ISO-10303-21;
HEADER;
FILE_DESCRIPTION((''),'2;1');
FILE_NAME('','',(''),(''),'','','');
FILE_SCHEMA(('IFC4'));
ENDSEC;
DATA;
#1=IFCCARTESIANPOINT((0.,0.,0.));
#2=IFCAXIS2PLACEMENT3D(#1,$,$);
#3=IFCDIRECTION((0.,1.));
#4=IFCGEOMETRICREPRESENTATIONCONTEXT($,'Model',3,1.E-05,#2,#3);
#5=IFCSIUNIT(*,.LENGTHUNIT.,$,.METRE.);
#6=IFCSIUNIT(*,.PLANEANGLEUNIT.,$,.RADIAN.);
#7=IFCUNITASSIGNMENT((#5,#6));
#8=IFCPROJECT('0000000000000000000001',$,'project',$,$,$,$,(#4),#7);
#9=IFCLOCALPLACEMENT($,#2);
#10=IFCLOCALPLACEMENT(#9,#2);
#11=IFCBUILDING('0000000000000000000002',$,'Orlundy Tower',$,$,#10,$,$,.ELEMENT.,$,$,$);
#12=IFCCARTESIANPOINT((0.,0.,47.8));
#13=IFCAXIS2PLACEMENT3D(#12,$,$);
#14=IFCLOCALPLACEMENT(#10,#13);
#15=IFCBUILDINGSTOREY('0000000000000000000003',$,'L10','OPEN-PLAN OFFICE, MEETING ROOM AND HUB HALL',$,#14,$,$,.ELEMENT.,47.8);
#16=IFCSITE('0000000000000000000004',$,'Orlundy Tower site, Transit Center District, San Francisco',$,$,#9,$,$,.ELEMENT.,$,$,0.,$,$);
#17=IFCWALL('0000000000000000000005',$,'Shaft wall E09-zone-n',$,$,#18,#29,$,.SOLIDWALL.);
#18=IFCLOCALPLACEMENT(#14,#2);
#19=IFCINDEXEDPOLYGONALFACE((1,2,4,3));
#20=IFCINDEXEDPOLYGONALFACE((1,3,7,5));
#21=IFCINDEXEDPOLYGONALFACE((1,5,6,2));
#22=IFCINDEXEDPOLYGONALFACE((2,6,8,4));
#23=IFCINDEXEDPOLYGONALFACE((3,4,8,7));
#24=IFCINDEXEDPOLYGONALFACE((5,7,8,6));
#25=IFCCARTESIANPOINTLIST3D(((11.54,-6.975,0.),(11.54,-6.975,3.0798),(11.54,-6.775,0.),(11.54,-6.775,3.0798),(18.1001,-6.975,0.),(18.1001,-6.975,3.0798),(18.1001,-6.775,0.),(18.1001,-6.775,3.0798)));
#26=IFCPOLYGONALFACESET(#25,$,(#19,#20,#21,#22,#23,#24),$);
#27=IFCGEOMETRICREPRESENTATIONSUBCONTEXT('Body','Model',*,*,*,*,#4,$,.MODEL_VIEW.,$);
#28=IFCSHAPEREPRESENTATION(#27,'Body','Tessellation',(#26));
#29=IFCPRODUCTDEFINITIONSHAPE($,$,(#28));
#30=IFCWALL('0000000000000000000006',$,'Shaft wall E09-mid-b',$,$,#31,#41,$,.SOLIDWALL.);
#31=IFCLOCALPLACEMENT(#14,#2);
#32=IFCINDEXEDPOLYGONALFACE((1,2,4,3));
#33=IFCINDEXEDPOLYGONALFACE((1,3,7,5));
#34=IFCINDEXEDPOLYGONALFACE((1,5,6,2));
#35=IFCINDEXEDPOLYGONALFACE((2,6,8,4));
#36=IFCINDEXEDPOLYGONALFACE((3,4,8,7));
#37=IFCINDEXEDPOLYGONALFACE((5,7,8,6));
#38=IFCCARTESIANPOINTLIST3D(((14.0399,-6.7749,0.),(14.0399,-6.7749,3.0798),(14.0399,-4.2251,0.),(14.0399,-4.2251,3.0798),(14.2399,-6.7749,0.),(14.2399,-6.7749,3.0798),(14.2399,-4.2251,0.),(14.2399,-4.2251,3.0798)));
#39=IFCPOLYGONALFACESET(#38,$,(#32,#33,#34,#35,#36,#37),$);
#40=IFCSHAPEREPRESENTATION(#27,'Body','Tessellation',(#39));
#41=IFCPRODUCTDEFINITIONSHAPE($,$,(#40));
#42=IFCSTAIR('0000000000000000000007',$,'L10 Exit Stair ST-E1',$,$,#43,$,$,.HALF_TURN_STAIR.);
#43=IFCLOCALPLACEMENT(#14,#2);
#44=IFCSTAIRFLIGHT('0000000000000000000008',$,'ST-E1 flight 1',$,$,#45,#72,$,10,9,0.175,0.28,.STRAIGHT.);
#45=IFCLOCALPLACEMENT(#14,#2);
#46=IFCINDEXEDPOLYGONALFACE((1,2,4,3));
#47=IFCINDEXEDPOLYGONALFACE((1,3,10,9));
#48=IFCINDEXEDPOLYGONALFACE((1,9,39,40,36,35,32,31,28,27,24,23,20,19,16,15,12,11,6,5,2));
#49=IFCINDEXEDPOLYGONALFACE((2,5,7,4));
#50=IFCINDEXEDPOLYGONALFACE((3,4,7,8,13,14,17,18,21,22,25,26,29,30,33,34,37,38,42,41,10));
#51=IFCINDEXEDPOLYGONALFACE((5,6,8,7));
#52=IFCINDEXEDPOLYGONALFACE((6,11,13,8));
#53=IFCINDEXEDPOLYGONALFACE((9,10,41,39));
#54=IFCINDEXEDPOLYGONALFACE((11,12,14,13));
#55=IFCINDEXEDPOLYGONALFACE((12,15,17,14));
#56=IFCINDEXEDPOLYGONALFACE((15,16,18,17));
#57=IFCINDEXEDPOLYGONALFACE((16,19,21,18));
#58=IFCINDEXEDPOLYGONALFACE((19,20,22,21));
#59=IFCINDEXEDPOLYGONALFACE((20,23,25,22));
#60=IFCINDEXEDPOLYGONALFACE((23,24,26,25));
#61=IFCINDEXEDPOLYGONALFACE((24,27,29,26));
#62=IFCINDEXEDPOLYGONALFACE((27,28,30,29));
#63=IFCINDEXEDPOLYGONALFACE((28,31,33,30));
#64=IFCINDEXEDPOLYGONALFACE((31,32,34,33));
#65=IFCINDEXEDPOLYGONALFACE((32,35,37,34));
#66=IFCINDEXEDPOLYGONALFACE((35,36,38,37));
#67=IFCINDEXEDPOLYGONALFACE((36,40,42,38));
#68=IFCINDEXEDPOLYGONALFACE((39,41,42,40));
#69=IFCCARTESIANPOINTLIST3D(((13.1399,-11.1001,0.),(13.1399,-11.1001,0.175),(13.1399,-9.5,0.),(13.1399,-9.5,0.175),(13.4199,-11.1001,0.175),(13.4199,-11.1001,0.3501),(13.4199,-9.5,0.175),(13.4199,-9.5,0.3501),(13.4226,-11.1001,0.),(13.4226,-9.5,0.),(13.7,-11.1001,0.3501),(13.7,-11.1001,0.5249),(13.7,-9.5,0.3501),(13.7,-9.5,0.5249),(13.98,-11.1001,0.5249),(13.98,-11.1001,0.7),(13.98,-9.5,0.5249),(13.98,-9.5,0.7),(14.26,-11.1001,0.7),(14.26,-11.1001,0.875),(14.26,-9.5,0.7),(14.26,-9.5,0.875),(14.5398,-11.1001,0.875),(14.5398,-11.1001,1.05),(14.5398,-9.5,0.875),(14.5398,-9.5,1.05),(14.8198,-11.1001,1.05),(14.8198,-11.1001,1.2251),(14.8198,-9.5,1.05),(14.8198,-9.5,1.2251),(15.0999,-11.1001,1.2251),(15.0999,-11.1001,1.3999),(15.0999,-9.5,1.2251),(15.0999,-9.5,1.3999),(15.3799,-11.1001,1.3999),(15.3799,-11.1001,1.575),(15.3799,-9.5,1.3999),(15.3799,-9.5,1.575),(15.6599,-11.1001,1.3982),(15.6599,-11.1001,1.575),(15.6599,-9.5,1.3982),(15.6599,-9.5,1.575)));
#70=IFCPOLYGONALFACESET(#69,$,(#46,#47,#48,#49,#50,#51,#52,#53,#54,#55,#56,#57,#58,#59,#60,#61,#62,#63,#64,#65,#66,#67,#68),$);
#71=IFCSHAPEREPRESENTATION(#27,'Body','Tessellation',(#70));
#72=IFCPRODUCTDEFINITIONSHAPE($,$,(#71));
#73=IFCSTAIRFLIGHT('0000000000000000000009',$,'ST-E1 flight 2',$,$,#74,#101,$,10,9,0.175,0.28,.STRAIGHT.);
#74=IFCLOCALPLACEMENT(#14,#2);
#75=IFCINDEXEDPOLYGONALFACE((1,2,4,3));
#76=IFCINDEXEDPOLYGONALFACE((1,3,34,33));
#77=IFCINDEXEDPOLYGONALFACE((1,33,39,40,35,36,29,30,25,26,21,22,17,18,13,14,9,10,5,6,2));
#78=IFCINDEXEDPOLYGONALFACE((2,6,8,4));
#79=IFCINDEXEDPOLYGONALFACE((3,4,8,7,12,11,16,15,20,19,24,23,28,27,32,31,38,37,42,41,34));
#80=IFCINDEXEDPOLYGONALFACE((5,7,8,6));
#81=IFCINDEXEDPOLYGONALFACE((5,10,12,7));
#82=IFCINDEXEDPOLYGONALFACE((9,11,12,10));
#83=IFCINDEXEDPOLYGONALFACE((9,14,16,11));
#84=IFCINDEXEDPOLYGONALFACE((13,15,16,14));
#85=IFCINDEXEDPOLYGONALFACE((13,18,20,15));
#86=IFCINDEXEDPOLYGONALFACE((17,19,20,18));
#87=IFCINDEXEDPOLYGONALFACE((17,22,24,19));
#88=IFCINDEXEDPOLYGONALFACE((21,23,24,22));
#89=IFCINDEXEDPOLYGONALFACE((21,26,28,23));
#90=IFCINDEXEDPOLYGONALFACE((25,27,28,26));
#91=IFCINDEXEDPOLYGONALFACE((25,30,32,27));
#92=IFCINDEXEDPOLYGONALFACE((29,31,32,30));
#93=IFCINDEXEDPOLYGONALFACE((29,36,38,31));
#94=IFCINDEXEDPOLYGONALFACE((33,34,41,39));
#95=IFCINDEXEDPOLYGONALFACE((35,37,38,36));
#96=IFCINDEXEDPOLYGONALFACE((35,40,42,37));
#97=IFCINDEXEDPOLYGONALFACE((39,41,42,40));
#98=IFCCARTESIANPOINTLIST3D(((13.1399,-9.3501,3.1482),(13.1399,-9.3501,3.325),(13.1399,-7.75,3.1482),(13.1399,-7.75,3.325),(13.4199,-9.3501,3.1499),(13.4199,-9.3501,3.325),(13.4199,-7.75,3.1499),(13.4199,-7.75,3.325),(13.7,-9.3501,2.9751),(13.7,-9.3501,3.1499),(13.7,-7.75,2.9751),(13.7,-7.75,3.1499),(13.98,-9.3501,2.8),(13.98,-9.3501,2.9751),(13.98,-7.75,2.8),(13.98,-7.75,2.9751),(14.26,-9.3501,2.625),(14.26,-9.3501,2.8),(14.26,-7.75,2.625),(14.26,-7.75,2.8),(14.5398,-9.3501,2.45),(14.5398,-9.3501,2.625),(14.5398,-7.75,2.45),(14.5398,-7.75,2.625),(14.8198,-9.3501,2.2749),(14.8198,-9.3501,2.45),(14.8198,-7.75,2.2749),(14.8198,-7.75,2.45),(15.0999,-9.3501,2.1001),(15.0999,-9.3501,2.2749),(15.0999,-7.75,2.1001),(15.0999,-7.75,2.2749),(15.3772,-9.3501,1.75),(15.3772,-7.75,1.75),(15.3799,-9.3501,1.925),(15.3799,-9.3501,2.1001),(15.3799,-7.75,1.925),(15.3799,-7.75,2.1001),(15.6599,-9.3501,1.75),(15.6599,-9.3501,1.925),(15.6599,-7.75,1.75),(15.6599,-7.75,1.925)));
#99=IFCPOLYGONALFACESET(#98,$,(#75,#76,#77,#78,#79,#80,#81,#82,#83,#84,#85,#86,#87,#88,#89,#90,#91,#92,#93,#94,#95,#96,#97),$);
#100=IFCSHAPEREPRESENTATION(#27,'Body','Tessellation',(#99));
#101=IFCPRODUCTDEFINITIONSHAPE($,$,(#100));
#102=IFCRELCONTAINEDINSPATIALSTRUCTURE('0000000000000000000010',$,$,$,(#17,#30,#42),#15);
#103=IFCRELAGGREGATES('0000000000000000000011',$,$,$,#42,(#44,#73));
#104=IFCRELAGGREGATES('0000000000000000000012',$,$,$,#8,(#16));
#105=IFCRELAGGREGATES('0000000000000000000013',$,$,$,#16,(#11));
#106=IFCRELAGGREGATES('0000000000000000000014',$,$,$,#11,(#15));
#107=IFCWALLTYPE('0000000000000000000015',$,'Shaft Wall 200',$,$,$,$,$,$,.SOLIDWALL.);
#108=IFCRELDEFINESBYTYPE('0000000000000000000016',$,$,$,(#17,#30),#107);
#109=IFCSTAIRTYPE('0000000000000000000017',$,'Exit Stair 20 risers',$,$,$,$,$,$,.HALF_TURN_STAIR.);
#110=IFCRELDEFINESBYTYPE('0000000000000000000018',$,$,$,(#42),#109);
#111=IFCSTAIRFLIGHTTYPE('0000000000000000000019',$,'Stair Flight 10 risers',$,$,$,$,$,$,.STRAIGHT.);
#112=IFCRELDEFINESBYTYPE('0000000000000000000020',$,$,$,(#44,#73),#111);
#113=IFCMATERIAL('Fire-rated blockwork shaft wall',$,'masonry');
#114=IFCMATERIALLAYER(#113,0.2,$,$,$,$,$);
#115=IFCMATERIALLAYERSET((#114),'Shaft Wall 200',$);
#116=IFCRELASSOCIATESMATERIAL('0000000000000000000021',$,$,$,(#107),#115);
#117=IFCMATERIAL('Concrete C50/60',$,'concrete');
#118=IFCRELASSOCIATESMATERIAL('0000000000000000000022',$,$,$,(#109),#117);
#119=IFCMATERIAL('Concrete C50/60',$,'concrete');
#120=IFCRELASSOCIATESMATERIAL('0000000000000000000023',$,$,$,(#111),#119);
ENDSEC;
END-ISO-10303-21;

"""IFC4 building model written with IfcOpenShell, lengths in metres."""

from ifc_helpers import new_model, si_unit, direction, frame, frame_2d, origin, place, context, subcontext, project, spatial, polyline, rectangle, outline, extrude, material, layer, layer_set, type_object, element, aggregate, save


model = new_model("IFC4")

# Units and contexts
model_context = context("Model", 3, precision=1e-05, world=origin(), true_north=direction((0.0, 1.0)))
body_context = subcontext(model_context, "Body", "Model", "MODEL_VIEW")
ifc_project = project(units=[si_unit("LENGTHUNIT", "METRE"), si_unit("PLANEANGLEUNIT", "RADIAN")], contexts=[model_context])

# Site, building, storey
site_placement = place(None, origin())
site = spatial("IfcSite", under=ifc_project, at=site_placement, Name="Orlundy Tower site, Transit Center District, San Francisco", CompositionType="ELEMENT", RefElevation=0.0)
building_placement = place(site_placement, origin())
building = spatial("IfcBuilding", under=site, at=building_placement, Name="Orlundy Tower", CompositionType="ELEMENT")
storey_placement = place(building_placement, frame((0.0, 0.0, 47.8)))
storey = spatial("IfcBuildingStorey", under=building, at=storey_placement, Name="L10", Description="OPEN-PLAN OFFICE, MEETING ROOM AND HUB HALL", CompositionType="ELEMENT", Elevation=47.8)

# Walls
ifc_material_1 = material(Name="Fire-rated blockwork shaft wall", Category="masonry")
ifc_layer_1 = layer(ifc_material_1, 0.2)
ifc_layer_set_1 = layer_set([ifc_layer_1], Name="Shaft Wall 200")
wall_type_1 = type_object("IfcWallType", Name="Shaft Wall 200", PredefinedType="SOLIDWALL", material=ifc_layer_set_1)
wall_1_placement = place(storey_placement, frame((11.54, -6.875, 0.0), z_axis=(0.0, 0.0, 1.0), x_axis=(1.0, 0.0, 0.0)))
element("IfcWall", 1, at=wall_1_placement, inside=storey, type_object=wall_type_1, Name="Shaft wall E09-zone-n", PredefinedType="SOLIDWALL", context=body_context, shape_type="SweptSolid", body=[
    extrude(rectangle(XDim=6.5601, YDim=0.2, at=frame_2d((3.28, 0.0))), origin(), (0.0, 0.0, 1.0), 3.0798),
])
wall_2_placement = place(storey_placement, frame((14.1399, -4.2251, 0.0), z_axis=(0.0, 0.0, 1.0), x_axis=(0.0, -1.0, 0.0)))
element("IfcWall", 2, at=wall_2_placement, inside=storey, type_object=wall_type_1, Name="Shaft wall E09-mid-b", PredefinedType="SOLIDWALL", context=body_context, shape_type="SweptSolid", body=[
    extrude(rectangle(XDim=2.5498, YDim=0.2, at=frame_2d((1.2749, 0.0))), origin(), (0.0, 0.0, 1.0), 3.0798),
])

# Stair, stair flights
ifc_material_2 = material(Name="Concrete C50/60", Category="concrete")
stair_type = type_object("IfcStairType", Name="Exit Stair 20 risers", PredefinedType="HALF_TURN_STAIR", material=ifc_material_2)
stair_placement = place(storey_placement, origin())
stair = element("IfcStair", 3, at=stair_placement, inside=storey, type_object=stair_type, Name="L10 Exit Stair ST-E1", PredefinedType="HALF_TURN_STAIR")
ifc_material_3 = material(Name="Concrete C50/60", Category="concrete")
stair_flight_type = type_object("IfcStairFlightType", Name="Stair Flight 10 risers", PredefinedType="STRAIGHT", material=ifc_material_3)
stair_flight_1_placement = place(storey_placement, frame((13.1399, -10.3, 0.0), z_axis=(0.0, 0.0, 1.0), x_axis=(1.0, 0.0, 0.0)))
stair_flight_1 = element("IfcStairFlight", 4, at=stair_flight_1_placement, type_object=stair_flight_type, Name="ST-E1 flight 1", NumberOfRisers=10, NumberOfTreads=9, PredefinedType="STRAIGHT", RiserHeight=0.175, TreadLength=0.28, context=body_context, shape_type="SweptSolid", body=[
    extrude(outline(polyline([(0.0, 0.0), (0.0, 0.175), (0.28, 0.175), (0.28, 0.3501), (0.5601, 0.3501), (0.5601, 0.5249), (0.8401, 0.5249), (0.8401, 0.7), (1.1201, 0.7), (1.1201, 0.875), (1.3999, 0.875), (1.3999, 1.05), (1.6799, 1.05), (1.6799, 1.2251), (1.96, 1.2251), (1.96, 1.3999), (2.24, 1.3999), (2.24, 1.575), (2.52, 1.575), (2.52, 1.75), (2.52, 1.3982), (0.2827, 0.0), (0.0, 0.0)])), frame((0.0, 0.8, 0.0), z_axis=(0.0, -1.0, 0.0), x_axis=(1.0, 0.0, 0.0)), (0.0, 0.0, 1.0), 1.6001),
])
stair_flight_2_placement = place(storey_placement, frame((15.6599, -8.55, 1.75), z_axis=(0.0, 0.0, 1.0), x_axis=(-1.0, 0.0, 0.0)))
stair_flight_2 = element("IfcStairFlight", 5, at=stair_flight_2_placement, type_object=stair_flight_type, Name="ST-E1 flight 2", NumberOfRisers=10, NumberOfTreads=9, PredefinedType="STRAIGHT", RiserHeight=0.175, TreadLength=0.28, context=body_context, shape_type="SweptSolid", body=[
    extrude(outline(polyline([(0.0, 0.0), (0.0, 0.175), (0.28, 0.175), (0.28, 0.3501), (0.5601, 0.3501), (0.5601, 0.5249), (0.8401, 0.5249), (0.8401, 0.7), (1.1201, 0.7), (1.1201, 0.875), (1.3999, 0.875), (1.3999, 1.05), (1.6799, 1.05), (1.6799, 1.2251), (1.96, 1.2251), (1.96, 1.3999), (2.24, 1.3999), (2.24, 1.575), (2.52, 1.575), (2.52, 1.75), (2.52, 1.3982), (0.2827, 0.0), (0.0, 0.0)])), frame((0.0, 0.8, 0.0), z_axis=(0.0, -1.0, 0.0), x_axis=(1.0, 0.0, 0.0)), (0.0, 0.0, 1.0), 1.6001),
])
aggregate(stair, [stair_flight_1, stair_flight_2])

save(model, "model.ifc")
